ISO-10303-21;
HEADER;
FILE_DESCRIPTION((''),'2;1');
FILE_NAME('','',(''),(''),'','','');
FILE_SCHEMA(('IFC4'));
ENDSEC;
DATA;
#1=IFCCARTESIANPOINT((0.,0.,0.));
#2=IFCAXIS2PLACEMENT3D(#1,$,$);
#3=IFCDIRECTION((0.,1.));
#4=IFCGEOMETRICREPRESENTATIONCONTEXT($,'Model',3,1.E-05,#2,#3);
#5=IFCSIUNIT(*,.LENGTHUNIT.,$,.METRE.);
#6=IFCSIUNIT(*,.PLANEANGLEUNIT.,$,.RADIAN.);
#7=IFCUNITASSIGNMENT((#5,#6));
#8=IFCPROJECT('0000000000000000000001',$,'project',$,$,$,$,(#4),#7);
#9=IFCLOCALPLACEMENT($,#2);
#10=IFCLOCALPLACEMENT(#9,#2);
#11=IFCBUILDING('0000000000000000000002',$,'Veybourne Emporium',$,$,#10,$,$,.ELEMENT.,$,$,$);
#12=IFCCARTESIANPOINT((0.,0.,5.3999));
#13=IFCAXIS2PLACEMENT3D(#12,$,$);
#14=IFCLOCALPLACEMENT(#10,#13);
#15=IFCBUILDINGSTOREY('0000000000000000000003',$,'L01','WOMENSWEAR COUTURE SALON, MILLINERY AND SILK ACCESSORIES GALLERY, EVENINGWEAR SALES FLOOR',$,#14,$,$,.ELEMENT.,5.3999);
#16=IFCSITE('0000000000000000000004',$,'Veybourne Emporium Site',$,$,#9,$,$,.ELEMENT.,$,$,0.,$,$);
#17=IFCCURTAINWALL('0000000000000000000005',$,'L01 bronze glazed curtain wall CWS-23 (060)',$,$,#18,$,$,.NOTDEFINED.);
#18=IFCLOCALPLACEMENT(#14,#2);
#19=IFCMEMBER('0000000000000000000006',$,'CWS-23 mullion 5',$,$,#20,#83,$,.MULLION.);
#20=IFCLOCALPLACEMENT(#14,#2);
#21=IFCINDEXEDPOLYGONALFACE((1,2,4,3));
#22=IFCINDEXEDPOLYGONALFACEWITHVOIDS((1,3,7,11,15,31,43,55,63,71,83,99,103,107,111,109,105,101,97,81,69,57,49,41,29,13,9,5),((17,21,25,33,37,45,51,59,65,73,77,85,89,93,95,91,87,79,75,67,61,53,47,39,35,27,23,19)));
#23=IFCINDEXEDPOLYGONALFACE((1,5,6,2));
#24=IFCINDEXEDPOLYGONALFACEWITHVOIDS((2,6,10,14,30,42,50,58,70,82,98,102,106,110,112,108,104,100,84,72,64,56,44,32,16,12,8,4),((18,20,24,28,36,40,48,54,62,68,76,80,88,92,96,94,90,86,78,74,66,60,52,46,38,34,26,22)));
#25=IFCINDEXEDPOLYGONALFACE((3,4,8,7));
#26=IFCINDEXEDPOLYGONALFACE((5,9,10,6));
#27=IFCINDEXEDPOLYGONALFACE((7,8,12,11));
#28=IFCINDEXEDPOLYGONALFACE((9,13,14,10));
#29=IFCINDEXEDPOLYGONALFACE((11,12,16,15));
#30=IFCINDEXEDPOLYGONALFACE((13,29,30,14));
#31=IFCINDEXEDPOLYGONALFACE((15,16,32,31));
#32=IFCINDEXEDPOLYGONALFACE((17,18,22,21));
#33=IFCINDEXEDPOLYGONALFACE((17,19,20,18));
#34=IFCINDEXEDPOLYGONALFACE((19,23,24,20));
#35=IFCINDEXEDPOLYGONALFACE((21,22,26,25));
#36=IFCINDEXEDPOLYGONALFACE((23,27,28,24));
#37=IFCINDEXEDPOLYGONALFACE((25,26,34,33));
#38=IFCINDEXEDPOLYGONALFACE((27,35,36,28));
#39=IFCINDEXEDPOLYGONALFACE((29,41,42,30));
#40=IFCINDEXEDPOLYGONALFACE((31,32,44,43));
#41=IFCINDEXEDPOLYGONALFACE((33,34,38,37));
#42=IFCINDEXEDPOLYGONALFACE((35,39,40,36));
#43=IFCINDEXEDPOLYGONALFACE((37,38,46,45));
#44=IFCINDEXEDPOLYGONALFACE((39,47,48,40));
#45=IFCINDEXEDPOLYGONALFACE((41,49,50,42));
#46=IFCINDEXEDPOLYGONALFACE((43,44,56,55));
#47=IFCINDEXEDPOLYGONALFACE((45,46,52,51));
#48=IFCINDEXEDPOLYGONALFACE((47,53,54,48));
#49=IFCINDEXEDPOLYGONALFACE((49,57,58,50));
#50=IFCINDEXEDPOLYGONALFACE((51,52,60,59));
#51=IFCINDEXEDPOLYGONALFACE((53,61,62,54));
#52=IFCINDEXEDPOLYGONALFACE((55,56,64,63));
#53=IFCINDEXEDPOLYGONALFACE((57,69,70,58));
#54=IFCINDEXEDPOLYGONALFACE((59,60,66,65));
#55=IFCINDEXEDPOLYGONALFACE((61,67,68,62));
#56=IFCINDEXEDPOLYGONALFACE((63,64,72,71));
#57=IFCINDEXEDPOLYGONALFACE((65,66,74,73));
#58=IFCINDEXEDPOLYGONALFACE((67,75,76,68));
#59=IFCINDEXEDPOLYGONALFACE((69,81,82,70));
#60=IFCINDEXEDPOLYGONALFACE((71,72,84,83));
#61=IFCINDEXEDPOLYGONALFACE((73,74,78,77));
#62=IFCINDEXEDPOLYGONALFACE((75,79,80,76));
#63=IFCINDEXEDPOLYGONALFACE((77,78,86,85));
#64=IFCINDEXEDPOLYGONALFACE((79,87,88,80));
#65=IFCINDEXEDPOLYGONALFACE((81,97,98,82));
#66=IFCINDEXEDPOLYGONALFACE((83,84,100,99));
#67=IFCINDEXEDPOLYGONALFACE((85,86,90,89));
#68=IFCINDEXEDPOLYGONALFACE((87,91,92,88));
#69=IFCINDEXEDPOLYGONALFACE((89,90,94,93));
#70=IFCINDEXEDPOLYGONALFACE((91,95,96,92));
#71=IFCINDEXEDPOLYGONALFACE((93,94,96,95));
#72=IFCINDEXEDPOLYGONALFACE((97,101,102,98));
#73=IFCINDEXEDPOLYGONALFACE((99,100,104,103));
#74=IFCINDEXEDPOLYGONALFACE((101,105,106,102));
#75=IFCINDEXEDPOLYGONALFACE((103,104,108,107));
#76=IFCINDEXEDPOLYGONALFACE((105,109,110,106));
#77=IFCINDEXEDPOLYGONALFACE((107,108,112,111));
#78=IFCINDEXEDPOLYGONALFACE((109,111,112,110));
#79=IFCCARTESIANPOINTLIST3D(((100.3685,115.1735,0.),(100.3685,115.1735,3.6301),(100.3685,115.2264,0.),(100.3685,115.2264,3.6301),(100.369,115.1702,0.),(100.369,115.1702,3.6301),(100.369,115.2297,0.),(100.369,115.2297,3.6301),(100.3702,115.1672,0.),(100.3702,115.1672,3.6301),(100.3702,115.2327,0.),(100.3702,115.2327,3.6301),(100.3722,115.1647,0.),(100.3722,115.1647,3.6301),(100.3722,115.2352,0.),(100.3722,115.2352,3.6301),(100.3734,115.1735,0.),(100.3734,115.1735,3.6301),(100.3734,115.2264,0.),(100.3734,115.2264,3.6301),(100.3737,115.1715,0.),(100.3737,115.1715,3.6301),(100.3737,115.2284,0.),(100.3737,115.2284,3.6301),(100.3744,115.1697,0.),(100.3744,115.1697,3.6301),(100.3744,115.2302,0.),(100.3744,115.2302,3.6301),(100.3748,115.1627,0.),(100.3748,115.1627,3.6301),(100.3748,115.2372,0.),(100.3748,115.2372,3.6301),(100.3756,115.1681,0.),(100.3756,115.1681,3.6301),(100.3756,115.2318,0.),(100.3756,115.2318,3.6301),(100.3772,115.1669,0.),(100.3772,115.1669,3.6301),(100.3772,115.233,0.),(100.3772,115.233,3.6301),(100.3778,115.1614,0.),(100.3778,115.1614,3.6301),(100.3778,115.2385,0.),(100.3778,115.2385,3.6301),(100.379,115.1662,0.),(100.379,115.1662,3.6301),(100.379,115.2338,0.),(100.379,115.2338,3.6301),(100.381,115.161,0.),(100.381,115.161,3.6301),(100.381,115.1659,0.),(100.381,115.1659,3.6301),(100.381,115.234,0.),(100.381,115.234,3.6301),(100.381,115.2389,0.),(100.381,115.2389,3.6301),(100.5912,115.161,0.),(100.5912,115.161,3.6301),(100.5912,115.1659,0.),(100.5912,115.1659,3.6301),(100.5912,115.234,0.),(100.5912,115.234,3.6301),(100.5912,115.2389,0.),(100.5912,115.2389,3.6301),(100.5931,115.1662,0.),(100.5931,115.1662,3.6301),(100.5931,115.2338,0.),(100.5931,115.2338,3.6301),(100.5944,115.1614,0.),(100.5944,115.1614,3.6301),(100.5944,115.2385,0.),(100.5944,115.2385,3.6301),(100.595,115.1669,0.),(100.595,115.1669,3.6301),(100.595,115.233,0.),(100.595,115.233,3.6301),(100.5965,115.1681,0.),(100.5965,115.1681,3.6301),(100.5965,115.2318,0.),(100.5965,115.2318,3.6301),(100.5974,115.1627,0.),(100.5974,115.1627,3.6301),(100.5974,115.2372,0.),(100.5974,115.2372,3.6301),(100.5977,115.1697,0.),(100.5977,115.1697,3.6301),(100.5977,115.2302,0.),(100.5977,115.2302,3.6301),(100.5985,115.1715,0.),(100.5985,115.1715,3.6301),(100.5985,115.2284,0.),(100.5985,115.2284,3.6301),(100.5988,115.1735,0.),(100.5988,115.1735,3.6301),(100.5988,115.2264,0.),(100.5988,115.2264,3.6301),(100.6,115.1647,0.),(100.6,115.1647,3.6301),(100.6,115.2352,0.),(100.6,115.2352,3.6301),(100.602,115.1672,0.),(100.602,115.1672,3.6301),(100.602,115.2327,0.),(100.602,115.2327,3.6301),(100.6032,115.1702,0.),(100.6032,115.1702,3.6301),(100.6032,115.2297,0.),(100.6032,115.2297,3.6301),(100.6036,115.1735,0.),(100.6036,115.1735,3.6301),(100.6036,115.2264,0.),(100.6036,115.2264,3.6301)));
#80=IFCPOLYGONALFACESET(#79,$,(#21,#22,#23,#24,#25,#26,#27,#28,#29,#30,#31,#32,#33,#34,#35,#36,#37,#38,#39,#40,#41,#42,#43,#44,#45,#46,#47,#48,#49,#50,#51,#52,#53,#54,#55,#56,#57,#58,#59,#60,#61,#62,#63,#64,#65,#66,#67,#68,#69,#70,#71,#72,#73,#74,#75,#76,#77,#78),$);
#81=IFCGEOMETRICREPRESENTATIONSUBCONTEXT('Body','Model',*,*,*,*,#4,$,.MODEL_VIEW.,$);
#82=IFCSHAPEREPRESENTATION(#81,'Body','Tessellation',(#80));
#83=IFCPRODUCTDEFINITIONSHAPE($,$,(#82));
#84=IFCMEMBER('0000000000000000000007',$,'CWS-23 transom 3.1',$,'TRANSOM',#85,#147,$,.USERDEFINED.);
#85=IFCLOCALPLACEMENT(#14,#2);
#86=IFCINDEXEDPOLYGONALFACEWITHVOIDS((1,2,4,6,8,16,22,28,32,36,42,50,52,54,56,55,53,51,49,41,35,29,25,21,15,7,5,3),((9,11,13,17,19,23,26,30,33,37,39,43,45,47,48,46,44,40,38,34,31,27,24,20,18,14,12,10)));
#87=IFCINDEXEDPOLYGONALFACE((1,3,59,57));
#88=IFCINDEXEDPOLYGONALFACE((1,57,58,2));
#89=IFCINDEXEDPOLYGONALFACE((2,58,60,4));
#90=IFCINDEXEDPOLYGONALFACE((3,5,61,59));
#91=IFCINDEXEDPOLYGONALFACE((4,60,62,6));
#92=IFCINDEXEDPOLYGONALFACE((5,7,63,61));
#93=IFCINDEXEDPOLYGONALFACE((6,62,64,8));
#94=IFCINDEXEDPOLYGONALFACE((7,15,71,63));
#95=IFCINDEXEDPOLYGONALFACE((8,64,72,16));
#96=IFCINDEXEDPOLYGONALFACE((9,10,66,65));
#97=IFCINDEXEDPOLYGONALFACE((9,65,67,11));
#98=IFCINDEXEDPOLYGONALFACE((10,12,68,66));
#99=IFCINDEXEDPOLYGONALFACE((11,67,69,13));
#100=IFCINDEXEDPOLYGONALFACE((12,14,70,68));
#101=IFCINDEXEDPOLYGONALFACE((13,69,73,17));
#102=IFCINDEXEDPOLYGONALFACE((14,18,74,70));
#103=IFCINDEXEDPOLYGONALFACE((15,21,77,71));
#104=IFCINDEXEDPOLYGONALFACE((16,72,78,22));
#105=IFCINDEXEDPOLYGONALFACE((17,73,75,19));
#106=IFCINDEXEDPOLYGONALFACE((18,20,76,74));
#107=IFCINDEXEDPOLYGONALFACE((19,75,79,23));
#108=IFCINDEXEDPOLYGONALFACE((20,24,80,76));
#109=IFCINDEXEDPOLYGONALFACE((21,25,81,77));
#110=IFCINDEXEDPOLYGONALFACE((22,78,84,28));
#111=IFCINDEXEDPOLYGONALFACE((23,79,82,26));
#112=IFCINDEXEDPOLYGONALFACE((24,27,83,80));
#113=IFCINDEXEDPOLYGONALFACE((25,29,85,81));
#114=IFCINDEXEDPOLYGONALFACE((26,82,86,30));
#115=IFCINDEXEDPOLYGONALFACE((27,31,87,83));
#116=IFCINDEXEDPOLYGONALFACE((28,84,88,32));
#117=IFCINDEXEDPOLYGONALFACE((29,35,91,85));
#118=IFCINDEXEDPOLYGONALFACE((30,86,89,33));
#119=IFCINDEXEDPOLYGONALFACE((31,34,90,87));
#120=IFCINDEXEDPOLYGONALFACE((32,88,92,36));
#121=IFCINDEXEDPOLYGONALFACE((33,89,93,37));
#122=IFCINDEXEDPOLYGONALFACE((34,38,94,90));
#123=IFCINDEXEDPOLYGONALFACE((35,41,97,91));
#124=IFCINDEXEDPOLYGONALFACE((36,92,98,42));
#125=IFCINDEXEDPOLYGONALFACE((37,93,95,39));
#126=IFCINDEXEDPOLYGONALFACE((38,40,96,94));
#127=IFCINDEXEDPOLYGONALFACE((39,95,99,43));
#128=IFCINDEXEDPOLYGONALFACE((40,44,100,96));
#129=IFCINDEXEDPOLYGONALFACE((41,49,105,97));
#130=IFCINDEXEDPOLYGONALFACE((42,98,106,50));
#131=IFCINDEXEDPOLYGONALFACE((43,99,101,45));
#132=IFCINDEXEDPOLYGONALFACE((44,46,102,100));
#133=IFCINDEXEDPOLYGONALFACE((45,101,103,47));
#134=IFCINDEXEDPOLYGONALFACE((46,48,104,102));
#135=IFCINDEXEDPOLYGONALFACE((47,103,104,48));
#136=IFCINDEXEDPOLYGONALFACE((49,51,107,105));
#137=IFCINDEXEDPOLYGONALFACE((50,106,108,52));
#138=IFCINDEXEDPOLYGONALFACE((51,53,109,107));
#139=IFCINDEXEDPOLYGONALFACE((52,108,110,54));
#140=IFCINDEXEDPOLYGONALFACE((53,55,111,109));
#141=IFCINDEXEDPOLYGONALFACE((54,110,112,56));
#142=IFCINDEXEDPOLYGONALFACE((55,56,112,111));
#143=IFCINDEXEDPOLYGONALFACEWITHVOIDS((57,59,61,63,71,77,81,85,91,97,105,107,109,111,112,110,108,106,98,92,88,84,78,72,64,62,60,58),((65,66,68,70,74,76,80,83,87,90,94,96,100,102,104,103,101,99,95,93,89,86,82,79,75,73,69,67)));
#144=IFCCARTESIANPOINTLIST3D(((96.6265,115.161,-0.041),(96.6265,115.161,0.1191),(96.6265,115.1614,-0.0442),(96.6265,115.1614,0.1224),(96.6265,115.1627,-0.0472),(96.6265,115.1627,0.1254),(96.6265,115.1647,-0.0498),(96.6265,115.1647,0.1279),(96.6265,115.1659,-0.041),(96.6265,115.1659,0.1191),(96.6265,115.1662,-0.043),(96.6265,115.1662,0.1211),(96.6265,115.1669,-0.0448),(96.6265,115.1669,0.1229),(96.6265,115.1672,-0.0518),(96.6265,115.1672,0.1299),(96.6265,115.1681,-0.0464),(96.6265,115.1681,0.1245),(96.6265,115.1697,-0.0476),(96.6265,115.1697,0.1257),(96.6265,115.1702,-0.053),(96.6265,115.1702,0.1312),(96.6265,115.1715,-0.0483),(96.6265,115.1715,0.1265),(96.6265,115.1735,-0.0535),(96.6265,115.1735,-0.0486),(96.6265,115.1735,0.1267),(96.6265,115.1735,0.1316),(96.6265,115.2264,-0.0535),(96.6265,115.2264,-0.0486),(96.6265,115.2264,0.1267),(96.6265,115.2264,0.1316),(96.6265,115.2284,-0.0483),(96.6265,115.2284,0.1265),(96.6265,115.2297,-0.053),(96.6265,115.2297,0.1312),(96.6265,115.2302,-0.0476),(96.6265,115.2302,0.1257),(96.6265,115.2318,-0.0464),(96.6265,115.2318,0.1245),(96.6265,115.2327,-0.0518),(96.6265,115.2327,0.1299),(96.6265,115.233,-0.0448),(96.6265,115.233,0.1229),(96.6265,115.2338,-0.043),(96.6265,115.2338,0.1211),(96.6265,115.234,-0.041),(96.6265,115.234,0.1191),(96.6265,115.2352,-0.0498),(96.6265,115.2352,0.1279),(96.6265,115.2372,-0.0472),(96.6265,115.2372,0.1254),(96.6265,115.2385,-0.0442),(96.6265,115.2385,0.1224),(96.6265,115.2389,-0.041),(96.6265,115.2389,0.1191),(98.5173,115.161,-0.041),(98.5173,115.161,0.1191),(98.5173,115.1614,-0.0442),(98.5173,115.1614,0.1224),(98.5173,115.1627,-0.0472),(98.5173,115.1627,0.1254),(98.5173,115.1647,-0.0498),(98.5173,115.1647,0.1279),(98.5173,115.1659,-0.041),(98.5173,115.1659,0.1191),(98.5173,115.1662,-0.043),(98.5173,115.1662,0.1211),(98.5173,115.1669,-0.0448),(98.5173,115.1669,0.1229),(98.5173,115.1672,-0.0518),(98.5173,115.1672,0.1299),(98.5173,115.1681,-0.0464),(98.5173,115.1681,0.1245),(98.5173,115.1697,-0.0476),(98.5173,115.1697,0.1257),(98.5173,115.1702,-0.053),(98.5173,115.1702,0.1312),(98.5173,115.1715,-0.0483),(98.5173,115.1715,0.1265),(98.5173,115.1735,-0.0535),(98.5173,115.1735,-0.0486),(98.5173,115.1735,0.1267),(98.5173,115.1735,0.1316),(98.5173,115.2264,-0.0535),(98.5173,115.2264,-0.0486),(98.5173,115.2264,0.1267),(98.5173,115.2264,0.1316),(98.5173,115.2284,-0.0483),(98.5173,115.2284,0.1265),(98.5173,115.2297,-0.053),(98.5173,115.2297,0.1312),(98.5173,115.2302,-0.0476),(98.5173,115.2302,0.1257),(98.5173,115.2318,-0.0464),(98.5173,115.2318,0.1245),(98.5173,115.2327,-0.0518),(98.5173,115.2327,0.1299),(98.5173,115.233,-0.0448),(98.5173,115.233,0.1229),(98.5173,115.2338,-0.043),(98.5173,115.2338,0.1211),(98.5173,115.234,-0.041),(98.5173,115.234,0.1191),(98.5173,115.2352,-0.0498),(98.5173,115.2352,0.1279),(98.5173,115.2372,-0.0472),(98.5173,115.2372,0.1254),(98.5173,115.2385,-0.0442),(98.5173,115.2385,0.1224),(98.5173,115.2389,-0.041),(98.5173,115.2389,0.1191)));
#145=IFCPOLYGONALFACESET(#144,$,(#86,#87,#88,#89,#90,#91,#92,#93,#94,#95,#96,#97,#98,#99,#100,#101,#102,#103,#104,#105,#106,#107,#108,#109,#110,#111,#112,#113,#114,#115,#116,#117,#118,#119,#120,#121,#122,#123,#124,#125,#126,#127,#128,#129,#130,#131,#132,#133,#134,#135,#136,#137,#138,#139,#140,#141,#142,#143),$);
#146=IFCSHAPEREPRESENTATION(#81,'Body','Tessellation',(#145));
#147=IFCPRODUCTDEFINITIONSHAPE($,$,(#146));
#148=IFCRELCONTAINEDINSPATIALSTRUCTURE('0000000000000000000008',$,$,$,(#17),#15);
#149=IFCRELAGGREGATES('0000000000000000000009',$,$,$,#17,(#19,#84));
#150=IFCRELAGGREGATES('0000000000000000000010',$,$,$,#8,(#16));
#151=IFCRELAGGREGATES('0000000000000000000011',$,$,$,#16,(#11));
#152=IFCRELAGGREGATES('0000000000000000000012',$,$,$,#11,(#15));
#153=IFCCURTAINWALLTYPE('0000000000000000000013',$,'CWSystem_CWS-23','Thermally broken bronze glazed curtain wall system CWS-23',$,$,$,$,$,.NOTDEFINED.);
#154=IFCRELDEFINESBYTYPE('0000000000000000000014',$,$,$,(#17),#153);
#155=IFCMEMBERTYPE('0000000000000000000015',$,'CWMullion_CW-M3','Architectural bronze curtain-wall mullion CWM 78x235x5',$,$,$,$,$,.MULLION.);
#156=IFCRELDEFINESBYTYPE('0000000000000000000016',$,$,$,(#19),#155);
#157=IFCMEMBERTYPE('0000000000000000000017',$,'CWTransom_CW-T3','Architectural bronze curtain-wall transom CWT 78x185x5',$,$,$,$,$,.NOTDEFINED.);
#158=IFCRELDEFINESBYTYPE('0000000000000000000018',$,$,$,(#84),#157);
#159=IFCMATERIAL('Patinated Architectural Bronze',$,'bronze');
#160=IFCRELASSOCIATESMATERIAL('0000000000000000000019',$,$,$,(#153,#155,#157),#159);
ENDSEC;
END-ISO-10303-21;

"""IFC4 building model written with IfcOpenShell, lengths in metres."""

from ifc_helpers import new_model, si_unit, direction, frame, origin, origin_2d, place, context, subcontext, project, spatial, hollow_rectangle, extrude, material, material_profile, profile_set, type_object, element, aggregate, save


model = new_model("IFC4")

# Units and contexts
model_context = context("Model", 3, precision=1e-05, world=origin(), true_north=direction((0.0, 1.0)))
body_context = subcontext(model_context, "Body", "Model", "MODEL_VIEW")
ifc_project = project(units=[si_unit("LENGTHUNIT", "METRE"), si_unit("PLANEANGLEUNIT", "RADIAN")], contexts=[model_context])

# Site, building, storey
site_placement = place(None, origin())
site = spatial("IfcSite", under=ifc_project, at=site_placement, Name="Veybourne Emporium Site", CompositionType="ELEMENT", RefElevation=0.0)
building_placement = place(site_placement, origin())
building = spatial("IfcBuilding", under=site, at=building_placement, Name="Veybourne Emporium", CompositionType="ELEMENT")
storey_placement = place(building_placement, frame((0.0, 0.0, 5.3999)))
storey = spatial("IfcBuildingStorey", under=building, at=storey_placement, Name="L01", Description="WOMENSWEAR COUTURE SALON, MILLINERY AND SILK ACCESSORIES GALLERY, EVENINGWEAR SALES FLOOR", CompositionType="ELEMENT", Elevation=5.3999)

# Curtain wall, members
ifc_material_1 = material(Name="Patinated Architectural Bronze", Category="bronze")
curtain_wall_type = type_object("IfcCurtainWallType", Name="CWSystem_CWS-23", Description="Thermally broken bronze glazed curtain wall system CWS-23", PredefinedType="NOTDEFINED", material=ifc_material_1)
curtain_wall_placement = place(storey_placement, origin())
curtain_wall = element("IfcCurtainWall", 1, at=curtain_wall_placement, inside=storey, type_object=curtain_wall_type, Name="L01 bronze glazed curtain wall CWS-23 (060)", PredefinedType="NOTDEFINED")
ifc_material_profile_1 = material_profile(ifc_material_1, hollow_rectangle(XDim=0.0779, YDim=0.2351, WallThickness=0.0049, InnerFilletRadius=0.0076, OuterFilletRadius=0.0125, at=origin_2d()), Name="CWM 78x235x5")
ifc_profile_set_1 = profile_set([ifc_material_profile_1], Name="Patinated Architectural Bronze")
member_type_1 = type_object("IfcMemberType", Name="CWMullion_CW-M3", Description="Architectural bronze curtain-wall mullion CWM 78x235x5", PredefinedType="MULLION", material=ifc_profile_set_1)
member_1_placement = place(storey_placement, frame((100.4861, 115.2, 0.0), z_axis=(0.0, 0.0, 1.0), x_axis=(0.0, 1.0, 0.0)))
member_1 = element("IfcMember", 2, at=member_1_placement, type_object=member_type_1, Name="CWS-23 mullion 5", PredefinedType="MULLION", context=body_context, shape_type="SweptSolid", body=[
    extrude(hollow_rectangle(XDim=0.0779, YDim=0.2351, WallThickness=0.0049, InnerFilletRadius=0.0076, OuterFilletRadius=0.0125, at=origin_2d()), origin(), (0.0, 0.0, 1.0), 3.6301),
])
ifc_material_profile_2 = material_profile(ifc_material_1, hollow_rectangle(XDim=0.0779, YDim=0.1851, WallThickness=0.0049, InnerFilletRadius=0.0076, OuterFilletRadius=0.0125, at=origin_2d()), Name="CWT 78x185x5")
ifc_profile_set_2 = profile_set([ifc_material_profile_2], Name="Patinated Architectural Bronze")
member_type_2 = type_object("IfcMemberType", Name="CWTransom_CW-T3", Description="Architectural bronze curtain-wall transom CWT 78x185x5", PredefinedType="NOTDEFINED", material=ifc_profile_set_2)
member_2_placement = place(storey_placement, frame((96.6265, 115.2, 0.0391), z_axis=(1.0, 0.0, 0.0), x_axis=(0.0, 1.0, 0.0)))
member_2 = element("IfcMember", 3, at=member_2_placement, type_object=member_type_2, Name="CWS-23 transom 3.1", ObjectType="TRANSOM", PredefinedType="USERDEFINED", context=body_context, shape_type="SweptSolid", body=[
    extrude(hollow_rectangle(XDim=0.0779, YDim=0.1851, WallThickness=0.0049, InnerFilletRadius=0.0076, OuterFilletRadius=0.0125, at=origin_2d()), origin(), (0.0, 0.0, 1.0), 1.8909),
])
aggregate(curtain_wall, [member_1, member_2])

save(model, "model.ifc")
